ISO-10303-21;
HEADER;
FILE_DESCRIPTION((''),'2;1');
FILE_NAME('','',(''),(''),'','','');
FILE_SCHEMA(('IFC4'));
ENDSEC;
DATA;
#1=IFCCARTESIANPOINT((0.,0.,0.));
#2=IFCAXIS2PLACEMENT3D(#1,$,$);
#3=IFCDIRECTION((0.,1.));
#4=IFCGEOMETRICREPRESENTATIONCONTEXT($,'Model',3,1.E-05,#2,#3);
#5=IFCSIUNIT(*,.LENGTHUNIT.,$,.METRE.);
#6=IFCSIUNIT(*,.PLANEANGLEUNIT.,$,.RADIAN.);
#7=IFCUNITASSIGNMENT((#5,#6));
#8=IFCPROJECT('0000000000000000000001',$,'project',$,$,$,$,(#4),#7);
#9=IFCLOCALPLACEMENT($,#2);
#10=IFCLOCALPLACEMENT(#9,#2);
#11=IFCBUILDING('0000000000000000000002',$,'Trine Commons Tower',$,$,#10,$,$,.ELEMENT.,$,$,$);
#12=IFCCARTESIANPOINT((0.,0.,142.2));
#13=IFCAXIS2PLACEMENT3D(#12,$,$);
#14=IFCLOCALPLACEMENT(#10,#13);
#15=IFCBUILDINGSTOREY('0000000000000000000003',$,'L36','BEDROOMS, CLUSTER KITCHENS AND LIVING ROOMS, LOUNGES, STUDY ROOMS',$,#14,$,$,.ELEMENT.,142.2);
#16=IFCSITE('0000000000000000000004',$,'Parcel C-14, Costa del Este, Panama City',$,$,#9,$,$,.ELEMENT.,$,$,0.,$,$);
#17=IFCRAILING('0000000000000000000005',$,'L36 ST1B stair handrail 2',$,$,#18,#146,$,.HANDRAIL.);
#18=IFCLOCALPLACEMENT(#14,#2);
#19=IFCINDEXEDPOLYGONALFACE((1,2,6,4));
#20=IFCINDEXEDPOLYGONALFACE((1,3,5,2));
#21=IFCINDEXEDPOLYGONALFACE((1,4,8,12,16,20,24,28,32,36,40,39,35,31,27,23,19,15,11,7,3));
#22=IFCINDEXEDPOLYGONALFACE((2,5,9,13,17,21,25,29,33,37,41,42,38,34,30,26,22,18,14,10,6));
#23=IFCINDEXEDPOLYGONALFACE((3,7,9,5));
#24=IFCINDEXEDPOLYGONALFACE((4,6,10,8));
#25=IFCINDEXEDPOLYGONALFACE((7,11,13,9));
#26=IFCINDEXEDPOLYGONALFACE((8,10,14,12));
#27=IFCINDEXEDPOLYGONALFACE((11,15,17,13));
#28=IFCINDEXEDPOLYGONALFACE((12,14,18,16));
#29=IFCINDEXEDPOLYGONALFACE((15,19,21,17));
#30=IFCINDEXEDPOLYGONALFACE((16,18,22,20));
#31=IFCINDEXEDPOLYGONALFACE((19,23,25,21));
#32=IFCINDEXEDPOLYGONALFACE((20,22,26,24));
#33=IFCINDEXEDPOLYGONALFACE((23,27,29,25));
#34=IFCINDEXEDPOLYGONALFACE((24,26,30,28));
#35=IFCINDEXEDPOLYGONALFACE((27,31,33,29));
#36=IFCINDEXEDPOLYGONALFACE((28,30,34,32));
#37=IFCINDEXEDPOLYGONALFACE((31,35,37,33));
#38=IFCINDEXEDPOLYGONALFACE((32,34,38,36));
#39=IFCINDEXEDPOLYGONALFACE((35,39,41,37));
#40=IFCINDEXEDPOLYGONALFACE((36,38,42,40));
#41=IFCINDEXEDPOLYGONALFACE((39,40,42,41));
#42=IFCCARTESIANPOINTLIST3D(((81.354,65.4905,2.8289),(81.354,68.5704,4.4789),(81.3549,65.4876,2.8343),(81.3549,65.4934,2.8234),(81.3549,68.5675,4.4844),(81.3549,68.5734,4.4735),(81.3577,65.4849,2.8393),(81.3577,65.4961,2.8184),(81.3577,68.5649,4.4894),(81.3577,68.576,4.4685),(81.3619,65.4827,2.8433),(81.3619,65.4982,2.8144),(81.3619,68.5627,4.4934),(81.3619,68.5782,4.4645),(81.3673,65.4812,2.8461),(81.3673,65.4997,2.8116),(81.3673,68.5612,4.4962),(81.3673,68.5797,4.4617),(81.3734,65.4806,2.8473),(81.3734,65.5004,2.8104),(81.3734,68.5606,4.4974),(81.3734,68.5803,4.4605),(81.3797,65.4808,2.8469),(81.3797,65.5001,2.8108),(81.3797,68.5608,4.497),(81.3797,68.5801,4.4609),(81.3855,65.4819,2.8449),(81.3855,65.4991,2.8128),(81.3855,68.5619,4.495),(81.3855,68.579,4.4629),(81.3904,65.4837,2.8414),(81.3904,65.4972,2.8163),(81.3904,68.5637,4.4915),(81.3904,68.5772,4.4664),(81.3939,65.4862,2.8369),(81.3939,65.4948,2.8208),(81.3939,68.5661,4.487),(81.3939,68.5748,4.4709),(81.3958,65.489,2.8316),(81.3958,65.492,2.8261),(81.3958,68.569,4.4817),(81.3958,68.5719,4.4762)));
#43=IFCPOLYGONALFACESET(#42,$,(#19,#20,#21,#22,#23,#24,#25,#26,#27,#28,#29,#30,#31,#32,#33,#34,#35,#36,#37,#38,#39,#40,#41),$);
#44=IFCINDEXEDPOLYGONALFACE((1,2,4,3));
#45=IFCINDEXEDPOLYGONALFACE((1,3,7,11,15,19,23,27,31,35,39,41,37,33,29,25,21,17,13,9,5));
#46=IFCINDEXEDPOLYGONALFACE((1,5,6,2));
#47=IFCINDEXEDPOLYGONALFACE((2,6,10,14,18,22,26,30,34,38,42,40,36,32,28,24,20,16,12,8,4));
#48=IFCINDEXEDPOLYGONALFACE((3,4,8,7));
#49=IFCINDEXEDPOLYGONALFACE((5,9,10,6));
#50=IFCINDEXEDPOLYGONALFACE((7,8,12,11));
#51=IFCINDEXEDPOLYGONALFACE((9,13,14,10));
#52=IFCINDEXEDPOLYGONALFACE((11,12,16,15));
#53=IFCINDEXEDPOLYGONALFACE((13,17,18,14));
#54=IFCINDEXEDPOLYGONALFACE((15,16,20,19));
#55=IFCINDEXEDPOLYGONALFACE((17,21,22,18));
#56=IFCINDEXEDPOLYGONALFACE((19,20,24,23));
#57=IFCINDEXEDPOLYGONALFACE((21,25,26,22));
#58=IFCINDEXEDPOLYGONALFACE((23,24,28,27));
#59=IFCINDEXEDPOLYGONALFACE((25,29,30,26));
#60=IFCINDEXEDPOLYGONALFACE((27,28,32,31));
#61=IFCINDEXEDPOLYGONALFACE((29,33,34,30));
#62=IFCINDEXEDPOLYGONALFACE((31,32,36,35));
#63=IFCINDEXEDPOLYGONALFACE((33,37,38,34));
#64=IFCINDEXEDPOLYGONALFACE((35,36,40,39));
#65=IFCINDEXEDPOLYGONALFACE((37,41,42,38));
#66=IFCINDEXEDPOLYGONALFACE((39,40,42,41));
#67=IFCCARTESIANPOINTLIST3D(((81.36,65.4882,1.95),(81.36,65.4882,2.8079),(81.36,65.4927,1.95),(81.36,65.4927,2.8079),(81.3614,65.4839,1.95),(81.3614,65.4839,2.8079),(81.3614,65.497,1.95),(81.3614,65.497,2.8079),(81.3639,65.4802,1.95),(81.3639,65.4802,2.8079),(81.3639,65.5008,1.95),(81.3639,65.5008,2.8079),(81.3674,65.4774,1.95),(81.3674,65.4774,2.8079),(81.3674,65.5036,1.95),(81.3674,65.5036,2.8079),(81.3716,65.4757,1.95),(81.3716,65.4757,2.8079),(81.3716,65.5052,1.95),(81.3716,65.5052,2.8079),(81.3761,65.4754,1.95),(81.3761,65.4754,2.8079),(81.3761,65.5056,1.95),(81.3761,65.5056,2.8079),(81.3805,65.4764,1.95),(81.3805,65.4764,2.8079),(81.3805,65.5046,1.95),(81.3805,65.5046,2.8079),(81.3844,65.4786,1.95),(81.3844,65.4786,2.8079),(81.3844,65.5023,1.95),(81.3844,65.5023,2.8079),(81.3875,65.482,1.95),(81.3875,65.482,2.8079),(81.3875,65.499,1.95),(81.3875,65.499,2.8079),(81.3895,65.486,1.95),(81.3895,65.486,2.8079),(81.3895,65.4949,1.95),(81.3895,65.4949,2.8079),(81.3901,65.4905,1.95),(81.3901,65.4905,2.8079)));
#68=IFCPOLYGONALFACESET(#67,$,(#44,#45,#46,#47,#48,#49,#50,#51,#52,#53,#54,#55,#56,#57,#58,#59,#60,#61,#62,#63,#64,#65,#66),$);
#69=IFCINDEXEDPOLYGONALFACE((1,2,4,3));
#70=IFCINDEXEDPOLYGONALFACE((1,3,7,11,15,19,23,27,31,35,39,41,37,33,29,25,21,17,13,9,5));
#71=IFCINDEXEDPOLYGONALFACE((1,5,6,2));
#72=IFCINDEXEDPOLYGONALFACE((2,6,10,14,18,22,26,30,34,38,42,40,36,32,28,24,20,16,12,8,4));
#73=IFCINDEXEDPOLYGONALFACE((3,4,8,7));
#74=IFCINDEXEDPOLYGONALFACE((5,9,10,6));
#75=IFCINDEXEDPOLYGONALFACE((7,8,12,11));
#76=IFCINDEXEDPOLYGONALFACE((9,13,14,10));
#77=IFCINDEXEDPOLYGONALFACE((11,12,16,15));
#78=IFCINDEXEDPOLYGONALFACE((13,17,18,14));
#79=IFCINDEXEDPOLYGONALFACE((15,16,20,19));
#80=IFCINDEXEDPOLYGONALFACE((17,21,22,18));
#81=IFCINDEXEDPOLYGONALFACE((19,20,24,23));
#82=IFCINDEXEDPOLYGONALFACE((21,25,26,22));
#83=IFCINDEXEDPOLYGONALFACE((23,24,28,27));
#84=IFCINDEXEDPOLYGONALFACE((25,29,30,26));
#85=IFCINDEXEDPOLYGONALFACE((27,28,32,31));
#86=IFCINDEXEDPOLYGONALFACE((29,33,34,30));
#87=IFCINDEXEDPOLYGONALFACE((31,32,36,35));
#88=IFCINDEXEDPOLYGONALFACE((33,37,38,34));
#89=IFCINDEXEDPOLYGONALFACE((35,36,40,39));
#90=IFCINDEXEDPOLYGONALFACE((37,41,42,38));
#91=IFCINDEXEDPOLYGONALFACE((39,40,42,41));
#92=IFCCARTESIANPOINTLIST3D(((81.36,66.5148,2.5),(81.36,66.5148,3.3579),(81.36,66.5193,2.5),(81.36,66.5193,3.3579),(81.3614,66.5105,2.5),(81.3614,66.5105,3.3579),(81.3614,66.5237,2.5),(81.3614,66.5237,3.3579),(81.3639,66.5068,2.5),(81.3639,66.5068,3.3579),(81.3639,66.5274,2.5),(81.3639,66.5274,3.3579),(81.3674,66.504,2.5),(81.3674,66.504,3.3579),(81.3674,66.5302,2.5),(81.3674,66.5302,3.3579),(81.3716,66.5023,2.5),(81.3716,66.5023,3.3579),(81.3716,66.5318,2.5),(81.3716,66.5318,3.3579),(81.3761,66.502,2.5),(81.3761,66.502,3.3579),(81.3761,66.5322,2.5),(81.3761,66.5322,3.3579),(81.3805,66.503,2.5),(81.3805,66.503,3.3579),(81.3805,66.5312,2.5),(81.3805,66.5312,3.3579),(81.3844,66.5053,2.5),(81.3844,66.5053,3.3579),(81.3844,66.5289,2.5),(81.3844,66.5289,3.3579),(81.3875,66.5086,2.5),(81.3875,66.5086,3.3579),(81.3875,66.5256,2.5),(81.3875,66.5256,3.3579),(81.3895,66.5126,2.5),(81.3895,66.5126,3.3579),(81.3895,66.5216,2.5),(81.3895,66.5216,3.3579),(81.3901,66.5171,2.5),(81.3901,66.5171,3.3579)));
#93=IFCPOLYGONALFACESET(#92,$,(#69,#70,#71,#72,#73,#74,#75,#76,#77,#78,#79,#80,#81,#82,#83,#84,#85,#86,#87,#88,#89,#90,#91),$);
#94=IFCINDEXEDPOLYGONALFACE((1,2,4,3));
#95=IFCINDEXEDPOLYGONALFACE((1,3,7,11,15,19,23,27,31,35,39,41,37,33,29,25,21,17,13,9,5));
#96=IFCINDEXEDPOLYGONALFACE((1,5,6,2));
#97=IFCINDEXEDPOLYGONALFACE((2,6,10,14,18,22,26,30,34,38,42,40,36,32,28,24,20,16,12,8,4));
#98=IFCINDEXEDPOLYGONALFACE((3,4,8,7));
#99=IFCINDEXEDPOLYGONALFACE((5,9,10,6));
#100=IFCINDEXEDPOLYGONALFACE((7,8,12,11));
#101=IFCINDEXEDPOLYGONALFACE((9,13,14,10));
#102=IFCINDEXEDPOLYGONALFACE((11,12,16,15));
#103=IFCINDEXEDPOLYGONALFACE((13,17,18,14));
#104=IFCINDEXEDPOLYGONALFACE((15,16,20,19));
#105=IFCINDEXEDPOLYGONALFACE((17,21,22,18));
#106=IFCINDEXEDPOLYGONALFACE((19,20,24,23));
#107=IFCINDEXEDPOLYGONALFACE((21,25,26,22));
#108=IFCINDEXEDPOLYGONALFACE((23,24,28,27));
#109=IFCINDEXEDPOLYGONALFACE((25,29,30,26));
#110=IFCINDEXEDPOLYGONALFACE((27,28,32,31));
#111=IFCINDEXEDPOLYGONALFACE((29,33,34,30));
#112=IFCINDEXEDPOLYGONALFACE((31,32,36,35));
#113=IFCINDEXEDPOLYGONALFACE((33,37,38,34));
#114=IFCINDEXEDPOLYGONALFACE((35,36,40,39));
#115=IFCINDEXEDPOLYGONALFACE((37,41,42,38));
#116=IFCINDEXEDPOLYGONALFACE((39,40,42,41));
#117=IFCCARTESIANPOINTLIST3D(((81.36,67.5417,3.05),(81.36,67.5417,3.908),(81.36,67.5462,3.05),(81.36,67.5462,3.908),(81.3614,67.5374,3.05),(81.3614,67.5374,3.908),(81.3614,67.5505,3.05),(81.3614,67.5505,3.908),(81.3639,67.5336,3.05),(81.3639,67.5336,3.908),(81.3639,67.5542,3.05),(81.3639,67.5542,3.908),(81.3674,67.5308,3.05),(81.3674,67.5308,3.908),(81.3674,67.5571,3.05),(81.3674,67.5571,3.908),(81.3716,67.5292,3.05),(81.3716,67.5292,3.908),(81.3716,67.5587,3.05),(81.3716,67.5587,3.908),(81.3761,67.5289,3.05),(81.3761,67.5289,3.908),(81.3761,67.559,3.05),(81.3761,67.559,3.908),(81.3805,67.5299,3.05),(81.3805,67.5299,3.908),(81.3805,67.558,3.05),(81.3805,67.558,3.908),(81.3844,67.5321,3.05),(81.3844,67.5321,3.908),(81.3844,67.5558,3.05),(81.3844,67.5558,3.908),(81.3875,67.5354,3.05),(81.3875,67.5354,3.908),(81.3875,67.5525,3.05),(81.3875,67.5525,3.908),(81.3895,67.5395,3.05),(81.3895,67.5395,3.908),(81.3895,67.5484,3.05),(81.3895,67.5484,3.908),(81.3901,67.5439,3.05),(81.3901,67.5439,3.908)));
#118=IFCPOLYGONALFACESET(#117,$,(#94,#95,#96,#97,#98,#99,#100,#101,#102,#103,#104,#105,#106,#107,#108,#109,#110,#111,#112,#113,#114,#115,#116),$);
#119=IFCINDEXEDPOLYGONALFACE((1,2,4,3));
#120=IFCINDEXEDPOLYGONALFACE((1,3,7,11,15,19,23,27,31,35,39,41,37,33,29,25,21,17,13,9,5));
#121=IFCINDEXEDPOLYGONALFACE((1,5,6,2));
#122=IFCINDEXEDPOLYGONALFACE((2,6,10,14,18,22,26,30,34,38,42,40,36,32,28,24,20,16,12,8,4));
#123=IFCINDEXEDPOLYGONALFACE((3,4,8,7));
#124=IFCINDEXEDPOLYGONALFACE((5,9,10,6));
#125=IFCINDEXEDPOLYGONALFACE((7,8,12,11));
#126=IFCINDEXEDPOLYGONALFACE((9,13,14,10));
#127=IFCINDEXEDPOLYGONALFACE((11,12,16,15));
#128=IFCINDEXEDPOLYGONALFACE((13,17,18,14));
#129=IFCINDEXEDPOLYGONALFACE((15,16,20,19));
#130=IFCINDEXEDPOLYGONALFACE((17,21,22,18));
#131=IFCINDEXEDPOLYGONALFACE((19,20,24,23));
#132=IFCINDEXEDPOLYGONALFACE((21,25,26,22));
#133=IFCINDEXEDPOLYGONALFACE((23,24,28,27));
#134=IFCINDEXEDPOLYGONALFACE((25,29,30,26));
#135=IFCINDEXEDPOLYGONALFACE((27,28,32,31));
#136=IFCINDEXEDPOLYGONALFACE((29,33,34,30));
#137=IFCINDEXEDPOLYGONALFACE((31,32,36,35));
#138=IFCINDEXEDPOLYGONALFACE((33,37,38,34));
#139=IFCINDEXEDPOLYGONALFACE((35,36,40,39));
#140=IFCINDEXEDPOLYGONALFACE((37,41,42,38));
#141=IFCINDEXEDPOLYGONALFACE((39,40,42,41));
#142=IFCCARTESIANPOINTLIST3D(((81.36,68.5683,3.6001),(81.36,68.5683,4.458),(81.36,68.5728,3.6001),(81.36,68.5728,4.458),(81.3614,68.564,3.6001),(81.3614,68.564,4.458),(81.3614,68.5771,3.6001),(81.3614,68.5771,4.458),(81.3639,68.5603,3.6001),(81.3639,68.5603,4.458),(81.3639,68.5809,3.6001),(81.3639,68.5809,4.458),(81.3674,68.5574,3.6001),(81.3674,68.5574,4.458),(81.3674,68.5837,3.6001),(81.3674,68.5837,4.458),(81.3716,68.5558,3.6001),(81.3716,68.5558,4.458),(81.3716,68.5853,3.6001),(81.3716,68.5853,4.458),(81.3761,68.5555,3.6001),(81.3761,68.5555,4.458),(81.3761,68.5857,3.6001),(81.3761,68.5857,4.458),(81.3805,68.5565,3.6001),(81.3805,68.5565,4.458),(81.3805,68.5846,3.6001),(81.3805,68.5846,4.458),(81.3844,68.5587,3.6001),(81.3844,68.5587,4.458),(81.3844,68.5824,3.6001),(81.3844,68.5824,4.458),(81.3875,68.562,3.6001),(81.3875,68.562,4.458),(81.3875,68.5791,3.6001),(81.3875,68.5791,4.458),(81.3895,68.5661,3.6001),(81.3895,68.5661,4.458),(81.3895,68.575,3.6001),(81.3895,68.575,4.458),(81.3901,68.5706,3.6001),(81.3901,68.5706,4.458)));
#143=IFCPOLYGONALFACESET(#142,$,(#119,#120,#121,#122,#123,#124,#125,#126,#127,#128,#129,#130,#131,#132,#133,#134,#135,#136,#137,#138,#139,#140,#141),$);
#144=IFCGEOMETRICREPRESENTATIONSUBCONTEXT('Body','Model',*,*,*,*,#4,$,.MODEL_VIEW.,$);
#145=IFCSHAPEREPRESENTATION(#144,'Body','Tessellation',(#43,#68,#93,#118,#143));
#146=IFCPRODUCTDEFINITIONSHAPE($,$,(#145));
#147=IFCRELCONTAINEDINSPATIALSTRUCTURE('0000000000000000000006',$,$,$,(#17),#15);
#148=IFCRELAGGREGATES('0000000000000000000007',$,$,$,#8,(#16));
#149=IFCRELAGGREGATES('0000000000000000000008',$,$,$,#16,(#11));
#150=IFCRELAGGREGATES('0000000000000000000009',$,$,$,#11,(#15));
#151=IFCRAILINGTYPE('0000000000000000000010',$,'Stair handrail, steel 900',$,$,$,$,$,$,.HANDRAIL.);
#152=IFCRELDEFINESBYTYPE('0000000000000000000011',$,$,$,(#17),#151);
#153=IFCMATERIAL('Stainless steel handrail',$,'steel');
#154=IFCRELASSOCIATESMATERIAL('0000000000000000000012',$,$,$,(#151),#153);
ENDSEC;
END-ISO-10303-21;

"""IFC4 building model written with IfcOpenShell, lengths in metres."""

from ifc_helpers import new_model, si_unit, direction, frame, origin, origin_2d, place, context, subcontext, project, spatial, circle, extrude, material, type_object, element, save


model = new_model("IFC4")

# Units and contexts
model_context = context("Model", 3, precision=1e-05, world=origin(), true_north=direction((0.0, 1.0)))
body_context = subcontext(model_context, "Body", "Model", "MODEL_VIEW")
ifc_project = project(units=[si_unit("LENGTHUNIT", "METRE"), si_unit("PLANEANGLEUNIT", "RADIAN")], contexts=[model_context])

# Site, building, storey
site_placement = place(None, origin())
site = spatial("IfcSite", under=ifc_project, at=site_placement, Name="Parcel C-14, Costa del Este, Panama City", CompositionType="ELEMENT", RefElevation=0.0)
building_placement = place(site_placement, origin())
building = spatial("IfcBuilding", under=site, at=building_placement, Name="Trine Commons Tower", CompositionType="ELEMENT")
storey_placement = place(building_placement, frame((0.0, 0.0, 142.2)))
storey = spatial("IfcBuildingStorey", under=building, at=storey_placement, Name="L36", Description="BEDROOMS, CLUSTER KITCHENS AND LIVING ROOMS, LOUNGES, STUDY ROOMS", CompositionType="ELEMENT", Elevation=142.2)

# Railing
ifc_material_1 = material(Name="Stainless steel handrail", Category="steel")
railing_type_1 = type_object("IfcRailingType", Name="Stair handrail, steel 900", PredefinedType="HANDRAIL", material=ifc_material_1)
railing_1_placement = place(storey_placement, frame((81.375, 65.4905, 1.95)))
element("IfcRailing", 1, at=railing_1_placement, inside=storey, type_object=railing_type_1, Name="L36 ST1B stair handrail 2", PredefinedType="HANDRAIL", context=body_context, shape_type="SweptSolid", body=[
    extrude(circle(Radius=0.021, at=origin_2d()), frame((0.0, 0.0, 0.8789), z_axis=(0.0, 0.881468, 0.472245), x_axis=(-1.0, 0.0, 0.0)), (0.0, 0.0, 1.0), 3.4941),
    extrude(circle(Radius=0.0151, at=origin_2d()), origin(), (0.0, 0.0, 1.0), 0.8579),
    extrude(circle(Radius=0.0151, at=origin_2d()), frame((0.0, 1.0266, 0.55)), (0.0, 0.0, 1.0), 0.8579),
    extrude(circle(Radius=0.0151, at=origin_2d()), frame((0.0, 2.0535, 1.1001)), (0.0, 0.0, 1.0), 0.8579),
    extrude(circle(Radius=0.0151, at=origin_2d()), frame((0.0, 3.0801, 1.6501)), (0.0, 0.0, 1.0), 0.8579),
])

save(model, "model.ifc")
